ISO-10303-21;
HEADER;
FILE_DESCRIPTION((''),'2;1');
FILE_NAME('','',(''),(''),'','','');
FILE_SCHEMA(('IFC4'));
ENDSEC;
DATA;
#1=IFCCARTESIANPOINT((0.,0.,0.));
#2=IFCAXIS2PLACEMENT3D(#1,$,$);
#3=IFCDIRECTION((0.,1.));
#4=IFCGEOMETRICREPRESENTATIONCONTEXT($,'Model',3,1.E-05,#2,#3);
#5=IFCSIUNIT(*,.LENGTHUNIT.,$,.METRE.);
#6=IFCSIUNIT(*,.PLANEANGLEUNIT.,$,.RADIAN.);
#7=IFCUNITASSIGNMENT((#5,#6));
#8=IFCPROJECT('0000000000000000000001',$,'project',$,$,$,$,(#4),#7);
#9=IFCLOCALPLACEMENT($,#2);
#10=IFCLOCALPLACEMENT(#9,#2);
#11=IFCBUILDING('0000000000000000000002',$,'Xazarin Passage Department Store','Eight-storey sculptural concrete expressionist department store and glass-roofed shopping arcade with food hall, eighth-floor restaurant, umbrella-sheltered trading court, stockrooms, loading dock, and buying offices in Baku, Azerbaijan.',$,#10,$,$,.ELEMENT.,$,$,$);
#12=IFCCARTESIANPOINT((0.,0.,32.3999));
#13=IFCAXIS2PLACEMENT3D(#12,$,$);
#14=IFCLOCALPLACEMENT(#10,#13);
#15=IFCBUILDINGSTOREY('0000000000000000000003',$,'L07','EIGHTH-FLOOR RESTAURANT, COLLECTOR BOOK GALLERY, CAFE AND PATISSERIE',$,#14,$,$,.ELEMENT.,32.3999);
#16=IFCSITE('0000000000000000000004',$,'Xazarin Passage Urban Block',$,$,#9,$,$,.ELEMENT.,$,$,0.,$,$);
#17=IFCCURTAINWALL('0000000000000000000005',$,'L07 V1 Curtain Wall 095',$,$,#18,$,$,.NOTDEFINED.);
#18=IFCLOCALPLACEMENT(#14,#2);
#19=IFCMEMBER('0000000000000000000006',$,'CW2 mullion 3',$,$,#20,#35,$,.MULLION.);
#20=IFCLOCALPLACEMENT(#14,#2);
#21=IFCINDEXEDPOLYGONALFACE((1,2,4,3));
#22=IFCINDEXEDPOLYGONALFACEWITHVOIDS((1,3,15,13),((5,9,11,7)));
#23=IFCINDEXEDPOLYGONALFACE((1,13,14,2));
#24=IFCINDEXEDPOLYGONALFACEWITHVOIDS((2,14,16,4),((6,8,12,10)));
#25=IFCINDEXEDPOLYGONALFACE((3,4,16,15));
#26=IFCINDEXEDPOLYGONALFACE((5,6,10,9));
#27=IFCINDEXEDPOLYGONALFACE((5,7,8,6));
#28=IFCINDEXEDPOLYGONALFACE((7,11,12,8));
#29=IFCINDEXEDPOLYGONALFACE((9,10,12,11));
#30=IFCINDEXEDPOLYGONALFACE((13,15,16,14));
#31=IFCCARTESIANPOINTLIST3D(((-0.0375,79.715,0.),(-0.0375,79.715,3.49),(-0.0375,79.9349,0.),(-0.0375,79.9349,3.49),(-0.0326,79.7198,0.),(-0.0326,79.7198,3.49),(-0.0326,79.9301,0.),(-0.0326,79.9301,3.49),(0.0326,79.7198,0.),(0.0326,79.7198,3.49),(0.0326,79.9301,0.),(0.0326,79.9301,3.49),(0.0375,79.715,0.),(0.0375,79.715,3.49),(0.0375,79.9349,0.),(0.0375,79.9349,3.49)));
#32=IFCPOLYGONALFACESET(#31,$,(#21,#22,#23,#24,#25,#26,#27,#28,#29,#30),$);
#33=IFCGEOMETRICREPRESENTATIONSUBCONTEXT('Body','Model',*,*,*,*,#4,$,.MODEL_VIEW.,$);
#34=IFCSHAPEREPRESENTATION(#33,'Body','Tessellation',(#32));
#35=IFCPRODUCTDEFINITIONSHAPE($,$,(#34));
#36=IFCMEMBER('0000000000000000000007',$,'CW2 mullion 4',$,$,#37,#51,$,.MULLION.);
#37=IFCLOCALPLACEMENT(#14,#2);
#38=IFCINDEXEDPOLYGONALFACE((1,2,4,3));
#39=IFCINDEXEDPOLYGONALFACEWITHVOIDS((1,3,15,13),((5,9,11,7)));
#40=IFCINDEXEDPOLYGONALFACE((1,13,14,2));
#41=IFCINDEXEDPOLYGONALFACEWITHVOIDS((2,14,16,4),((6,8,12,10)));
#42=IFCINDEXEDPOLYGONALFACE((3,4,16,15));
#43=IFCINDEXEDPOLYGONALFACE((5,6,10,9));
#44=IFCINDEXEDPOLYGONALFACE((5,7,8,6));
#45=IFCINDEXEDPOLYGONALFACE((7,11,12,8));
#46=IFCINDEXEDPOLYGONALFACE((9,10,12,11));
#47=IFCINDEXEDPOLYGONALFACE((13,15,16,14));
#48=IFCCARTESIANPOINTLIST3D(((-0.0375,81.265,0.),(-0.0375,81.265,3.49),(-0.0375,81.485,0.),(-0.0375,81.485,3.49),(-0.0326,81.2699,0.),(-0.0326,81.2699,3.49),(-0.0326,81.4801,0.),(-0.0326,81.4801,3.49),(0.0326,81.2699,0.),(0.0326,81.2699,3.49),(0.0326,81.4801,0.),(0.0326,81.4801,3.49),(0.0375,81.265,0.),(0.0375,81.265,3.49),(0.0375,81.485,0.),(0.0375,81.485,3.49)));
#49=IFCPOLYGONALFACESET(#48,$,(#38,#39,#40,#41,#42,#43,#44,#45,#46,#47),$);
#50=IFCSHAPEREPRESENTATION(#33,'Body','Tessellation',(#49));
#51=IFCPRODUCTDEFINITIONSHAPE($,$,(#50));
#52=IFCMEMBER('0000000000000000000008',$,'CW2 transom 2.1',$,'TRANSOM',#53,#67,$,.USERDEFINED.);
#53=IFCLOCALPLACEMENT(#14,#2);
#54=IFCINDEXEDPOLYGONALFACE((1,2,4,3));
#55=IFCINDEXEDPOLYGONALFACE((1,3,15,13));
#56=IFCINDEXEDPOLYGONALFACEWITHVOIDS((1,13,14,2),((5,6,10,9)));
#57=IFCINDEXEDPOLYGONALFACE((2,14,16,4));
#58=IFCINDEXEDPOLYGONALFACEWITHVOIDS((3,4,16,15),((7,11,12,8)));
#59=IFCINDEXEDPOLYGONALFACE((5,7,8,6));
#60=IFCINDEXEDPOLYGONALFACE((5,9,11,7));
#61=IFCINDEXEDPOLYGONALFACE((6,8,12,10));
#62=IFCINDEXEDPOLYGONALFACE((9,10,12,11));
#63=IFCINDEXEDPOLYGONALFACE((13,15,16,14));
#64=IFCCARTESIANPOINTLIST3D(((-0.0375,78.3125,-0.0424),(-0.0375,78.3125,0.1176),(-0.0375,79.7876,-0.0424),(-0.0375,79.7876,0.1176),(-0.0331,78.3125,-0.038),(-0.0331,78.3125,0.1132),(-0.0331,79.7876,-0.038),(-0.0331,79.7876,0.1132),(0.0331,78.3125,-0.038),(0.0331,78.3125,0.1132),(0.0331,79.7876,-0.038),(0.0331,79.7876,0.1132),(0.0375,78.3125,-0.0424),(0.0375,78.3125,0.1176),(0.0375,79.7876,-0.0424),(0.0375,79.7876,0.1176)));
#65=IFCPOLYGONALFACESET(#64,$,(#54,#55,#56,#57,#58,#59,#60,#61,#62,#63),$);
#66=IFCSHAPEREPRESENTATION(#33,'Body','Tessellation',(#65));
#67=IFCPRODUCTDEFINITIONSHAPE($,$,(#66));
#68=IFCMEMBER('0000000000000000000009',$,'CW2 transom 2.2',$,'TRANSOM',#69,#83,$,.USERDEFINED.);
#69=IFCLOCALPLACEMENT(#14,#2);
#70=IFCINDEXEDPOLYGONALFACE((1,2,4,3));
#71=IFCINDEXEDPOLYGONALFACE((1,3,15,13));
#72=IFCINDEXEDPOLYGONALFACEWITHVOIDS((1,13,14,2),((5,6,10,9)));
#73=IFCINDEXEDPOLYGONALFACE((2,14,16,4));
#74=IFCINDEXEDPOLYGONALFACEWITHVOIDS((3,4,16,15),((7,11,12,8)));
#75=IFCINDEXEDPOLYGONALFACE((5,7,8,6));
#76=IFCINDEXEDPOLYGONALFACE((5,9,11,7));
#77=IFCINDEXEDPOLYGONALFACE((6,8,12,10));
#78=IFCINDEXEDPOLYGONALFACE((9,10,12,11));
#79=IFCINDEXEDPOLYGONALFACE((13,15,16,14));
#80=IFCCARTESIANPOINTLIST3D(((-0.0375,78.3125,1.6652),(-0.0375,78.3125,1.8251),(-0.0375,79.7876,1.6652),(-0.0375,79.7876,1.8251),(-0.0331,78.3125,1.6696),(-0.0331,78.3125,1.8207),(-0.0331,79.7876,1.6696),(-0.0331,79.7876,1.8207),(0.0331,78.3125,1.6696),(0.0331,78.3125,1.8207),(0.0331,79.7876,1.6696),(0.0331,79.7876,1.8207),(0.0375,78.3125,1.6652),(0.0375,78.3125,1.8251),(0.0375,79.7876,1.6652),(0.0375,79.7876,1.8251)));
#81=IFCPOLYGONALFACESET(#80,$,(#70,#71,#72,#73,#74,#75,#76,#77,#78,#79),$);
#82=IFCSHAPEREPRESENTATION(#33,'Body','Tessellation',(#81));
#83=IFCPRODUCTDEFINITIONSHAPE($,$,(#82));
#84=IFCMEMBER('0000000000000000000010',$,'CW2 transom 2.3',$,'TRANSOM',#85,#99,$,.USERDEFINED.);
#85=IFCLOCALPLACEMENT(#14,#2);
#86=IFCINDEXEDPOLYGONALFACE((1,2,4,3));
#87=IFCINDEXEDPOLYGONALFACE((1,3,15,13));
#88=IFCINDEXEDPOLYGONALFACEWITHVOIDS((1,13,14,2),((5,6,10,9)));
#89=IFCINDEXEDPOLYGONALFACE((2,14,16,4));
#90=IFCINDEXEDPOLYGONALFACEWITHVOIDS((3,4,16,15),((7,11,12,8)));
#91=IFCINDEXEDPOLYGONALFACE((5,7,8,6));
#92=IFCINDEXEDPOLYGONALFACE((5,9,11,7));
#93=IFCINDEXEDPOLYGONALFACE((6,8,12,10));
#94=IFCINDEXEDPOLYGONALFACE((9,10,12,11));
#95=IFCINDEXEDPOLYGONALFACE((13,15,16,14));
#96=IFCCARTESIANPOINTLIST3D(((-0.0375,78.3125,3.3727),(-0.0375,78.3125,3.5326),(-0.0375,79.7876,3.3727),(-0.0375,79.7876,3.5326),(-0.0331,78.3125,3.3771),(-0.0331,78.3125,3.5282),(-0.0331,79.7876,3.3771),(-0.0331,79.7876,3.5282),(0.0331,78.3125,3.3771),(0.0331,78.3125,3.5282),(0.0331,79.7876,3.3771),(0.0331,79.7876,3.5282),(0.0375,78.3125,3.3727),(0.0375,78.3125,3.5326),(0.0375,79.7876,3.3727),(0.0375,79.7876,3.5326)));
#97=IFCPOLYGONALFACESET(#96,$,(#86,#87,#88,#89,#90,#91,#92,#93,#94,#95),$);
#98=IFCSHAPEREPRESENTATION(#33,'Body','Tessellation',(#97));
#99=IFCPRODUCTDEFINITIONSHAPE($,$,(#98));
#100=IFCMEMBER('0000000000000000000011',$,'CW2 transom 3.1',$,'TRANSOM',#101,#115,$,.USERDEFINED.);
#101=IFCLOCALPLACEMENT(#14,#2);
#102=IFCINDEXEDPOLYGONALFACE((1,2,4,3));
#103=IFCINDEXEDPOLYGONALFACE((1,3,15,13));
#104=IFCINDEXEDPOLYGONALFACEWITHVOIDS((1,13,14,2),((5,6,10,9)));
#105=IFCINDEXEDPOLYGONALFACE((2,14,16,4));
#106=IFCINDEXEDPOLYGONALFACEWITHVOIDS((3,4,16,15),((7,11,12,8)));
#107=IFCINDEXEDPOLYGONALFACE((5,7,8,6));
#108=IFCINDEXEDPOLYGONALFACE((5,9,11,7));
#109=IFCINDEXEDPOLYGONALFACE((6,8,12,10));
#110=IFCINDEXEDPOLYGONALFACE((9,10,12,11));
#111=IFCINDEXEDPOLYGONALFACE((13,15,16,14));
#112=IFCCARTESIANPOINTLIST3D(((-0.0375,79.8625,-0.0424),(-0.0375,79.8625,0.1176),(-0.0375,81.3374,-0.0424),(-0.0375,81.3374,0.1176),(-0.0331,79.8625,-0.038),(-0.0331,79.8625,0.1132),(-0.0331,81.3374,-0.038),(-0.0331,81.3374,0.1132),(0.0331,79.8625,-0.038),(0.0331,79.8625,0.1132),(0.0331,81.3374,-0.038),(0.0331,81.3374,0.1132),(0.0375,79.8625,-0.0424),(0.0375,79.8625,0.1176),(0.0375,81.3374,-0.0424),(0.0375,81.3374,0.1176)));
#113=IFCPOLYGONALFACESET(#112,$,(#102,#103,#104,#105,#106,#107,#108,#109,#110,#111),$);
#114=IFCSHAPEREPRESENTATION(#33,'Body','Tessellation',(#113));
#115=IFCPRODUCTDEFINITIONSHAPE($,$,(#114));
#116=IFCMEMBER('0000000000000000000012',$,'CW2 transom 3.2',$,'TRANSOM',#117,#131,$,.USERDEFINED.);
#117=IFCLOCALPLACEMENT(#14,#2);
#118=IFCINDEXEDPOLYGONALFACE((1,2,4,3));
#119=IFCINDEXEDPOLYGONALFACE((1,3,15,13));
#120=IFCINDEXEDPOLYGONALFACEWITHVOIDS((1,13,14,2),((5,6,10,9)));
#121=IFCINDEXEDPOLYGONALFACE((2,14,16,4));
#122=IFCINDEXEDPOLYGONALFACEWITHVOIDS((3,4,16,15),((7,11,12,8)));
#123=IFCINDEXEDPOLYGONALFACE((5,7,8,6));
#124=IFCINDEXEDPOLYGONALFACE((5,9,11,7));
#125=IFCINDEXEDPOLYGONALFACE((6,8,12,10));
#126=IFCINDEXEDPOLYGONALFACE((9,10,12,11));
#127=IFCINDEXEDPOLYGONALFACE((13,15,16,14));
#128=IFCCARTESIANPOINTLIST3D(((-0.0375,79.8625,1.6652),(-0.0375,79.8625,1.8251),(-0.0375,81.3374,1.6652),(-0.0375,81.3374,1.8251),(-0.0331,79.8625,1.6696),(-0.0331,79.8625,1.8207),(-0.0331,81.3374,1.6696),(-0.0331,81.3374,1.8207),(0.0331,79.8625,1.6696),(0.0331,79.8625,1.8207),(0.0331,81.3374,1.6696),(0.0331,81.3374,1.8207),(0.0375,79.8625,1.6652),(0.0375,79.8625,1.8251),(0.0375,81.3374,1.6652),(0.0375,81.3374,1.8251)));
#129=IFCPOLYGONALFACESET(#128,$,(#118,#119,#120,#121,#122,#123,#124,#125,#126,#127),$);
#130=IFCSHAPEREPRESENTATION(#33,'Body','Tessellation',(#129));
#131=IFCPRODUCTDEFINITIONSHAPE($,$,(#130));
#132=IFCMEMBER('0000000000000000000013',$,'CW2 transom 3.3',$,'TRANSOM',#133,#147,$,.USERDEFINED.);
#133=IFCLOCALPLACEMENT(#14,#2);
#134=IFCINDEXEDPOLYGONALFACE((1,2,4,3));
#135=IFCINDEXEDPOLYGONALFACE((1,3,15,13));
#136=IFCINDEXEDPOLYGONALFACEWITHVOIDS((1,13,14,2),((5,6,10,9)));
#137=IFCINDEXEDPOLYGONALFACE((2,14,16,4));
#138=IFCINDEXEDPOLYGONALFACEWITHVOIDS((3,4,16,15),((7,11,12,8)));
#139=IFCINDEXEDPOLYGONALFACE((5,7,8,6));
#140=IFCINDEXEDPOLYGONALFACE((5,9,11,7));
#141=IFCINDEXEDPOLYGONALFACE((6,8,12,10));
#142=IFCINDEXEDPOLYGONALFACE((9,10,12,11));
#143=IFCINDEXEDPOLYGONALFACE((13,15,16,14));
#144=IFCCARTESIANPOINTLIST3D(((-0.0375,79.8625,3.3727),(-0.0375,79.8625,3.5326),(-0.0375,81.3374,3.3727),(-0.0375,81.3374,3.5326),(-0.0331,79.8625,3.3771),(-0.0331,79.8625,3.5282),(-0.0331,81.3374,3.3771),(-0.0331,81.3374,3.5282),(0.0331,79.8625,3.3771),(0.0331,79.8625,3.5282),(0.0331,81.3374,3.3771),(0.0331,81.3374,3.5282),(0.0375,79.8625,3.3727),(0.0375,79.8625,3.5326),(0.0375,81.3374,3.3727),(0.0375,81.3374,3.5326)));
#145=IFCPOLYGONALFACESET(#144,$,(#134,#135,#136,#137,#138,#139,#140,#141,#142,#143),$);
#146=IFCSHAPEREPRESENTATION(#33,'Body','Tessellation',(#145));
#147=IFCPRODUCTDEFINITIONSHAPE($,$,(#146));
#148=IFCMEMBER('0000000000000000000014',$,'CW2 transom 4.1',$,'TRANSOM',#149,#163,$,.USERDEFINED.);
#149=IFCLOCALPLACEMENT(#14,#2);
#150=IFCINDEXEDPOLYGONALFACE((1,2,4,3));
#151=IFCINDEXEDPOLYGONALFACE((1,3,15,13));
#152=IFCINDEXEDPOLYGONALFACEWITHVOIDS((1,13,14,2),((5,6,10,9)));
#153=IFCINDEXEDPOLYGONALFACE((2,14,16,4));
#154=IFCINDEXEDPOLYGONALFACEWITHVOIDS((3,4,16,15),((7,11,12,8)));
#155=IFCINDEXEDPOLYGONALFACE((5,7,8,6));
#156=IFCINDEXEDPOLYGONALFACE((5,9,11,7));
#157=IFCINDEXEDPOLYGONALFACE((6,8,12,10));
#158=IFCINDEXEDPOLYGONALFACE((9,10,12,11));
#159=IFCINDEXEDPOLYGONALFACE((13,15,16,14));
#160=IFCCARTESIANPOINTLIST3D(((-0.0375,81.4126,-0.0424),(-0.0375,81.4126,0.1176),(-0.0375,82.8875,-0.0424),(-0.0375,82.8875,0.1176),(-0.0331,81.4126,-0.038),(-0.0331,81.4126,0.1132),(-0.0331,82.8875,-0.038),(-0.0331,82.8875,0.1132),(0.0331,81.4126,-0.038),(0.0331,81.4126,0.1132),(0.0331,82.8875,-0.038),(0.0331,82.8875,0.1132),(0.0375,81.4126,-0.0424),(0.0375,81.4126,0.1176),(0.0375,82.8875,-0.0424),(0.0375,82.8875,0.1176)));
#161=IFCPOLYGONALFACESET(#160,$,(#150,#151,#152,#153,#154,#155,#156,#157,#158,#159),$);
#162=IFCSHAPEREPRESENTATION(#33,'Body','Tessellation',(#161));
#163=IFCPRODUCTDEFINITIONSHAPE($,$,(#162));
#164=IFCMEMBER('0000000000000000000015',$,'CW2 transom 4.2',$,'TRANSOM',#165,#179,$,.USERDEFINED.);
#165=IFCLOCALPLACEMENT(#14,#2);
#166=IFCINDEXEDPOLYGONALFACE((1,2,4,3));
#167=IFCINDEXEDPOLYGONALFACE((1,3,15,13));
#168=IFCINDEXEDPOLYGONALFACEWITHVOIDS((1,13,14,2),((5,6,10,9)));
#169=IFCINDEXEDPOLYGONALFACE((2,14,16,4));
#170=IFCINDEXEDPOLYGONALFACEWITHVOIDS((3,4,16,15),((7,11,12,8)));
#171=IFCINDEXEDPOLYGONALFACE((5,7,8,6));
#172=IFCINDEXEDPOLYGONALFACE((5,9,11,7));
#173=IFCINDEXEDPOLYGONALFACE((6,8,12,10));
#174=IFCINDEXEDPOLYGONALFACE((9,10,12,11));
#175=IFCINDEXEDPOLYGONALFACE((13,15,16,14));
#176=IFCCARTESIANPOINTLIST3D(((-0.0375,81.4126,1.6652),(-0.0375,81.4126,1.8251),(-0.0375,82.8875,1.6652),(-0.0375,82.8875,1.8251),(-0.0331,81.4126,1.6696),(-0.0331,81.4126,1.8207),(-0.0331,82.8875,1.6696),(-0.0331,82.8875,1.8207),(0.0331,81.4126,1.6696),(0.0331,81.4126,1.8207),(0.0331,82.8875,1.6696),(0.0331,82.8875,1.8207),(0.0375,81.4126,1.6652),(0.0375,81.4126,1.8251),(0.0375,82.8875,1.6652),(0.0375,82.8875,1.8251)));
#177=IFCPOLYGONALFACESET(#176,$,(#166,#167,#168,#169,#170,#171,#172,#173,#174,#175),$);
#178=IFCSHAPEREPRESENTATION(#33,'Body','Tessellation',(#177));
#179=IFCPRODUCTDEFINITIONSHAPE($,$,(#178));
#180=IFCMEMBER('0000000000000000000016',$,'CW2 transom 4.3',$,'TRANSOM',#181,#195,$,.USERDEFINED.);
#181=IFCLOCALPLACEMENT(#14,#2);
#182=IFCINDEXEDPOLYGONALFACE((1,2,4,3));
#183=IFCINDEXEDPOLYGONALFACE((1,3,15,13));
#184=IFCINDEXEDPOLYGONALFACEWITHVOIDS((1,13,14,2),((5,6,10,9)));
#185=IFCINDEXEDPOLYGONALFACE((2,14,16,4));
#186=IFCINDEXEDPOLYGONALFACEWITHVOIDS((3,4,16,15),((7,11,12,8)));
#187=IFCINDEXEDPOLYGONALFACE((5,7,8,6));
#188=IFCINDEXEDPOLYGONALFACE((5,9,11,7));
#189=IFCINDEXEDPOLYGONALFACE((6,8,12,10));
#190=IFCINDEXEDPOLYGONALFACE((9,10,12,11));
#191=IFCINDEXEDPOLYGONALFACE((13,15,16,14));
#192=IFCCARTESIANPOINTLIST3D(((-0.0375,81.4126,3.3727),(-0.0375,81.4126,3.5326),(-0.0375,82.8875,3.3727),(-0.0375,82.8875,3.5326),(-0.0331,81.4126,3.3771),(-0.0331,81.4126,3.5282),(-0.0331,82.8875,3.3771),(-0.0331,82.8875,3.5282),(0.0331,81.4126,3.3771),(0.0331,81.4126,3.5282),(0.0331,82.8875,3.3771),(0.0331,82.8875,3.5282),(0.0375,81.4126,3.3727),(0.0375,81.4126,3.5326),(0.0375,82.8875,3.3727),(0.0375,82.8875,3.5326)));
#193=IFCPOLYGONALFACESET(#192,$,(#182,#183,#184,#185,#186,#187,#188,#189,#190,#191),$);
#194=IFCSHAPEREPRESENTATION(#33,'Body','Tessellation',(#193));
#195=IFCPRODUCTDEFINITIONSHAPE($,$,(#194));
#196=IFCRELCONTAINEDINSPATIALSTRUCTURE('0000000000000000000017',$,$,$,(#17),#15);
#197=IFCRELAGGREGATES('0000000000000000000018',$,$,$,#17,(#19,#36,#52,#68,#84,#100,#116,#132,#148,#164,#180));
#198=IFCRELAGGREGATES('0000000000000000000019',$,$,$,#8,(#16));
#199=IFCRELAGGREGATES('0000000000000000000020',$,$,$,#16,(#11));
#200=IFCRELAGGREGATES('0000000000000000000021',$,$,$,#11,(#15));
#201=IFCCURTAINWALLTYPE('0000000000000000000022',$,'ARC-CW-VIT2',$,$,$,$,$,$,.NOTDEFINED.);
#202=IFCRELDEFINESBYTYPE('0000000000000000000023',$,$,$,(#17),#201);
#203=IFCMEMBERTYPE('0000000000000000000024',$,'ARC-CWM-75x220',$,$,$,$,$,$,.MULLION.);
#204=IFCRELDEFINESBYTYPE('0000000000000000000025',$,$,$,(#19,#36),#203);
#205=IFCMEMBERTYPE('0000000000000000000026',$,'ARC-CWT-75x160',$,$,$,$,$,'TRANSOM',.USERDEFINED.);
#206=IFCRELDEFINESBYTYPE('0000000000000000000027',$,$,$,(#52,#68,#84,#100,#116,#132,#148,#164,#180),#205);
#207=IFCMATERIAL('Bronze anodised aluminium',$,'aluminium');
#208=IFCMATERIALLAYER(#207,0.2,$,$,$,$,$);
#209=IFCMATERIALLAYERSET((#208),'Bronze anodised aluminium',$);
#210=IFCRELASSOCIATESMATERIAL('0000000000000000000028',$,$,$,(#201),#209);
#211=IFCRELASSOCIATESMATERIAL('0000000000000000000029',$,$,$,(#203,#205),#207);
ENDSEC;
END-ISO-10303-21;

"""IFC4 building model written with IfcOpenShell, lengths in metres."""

from ifc_helpers import new_model, si_unit, direction, frame, origin, origin_2d, place, context, subcontext, project, spatial, hollow_rectangle, extrude, material, layer, layer_set, material_profile, profile_set, type_object, element, aggregate, save


model = new_model("IFC4")

# Units and contexts
model_context = context("Model", 3, precision=1e-05, world=origin(), true_north=direction((0.0, 1.0)))
body_context = subcontext(model_context, "Body", "Model", "MODEL_VIEW")
ifc_project = project(units=[si_unit("LENGTHUNIT", "METRE"), si_unit("PLANEANGLEUNIT", "RADIAN")], contexts=[model_context])

# Site, building, storey
site_placement = place(None, origin())
site = spatial("IfcSite", under=ifc_project, at=site_placement, Name="Xazarin Passage Urban Block", CompositionType="ELEMENT", RefElevation=0.0)
building_placement = place(site_placement, origin())
building = spatial("IfcBuilding", under=site, at=building_placement, Name="Xazarin Passage Department Store", Description="Eight-storey sculptural concrete expressionist department store and glass-roofed shopping arcade with food hall, eighth-floor restaurant, umbrella-sheltered trading court, stockrooms, loading dock, and buying offices in Baku, Azerbaijan.", CompositionType="ELEMENT")
storey_placement = place(building_placement, frame((0.0, 0.0, 32.3999)))
storey = spatial("IfcBuildingStorey", under=building, at=storey_placement, Name="L07", Description="EIGHTH-FLOOR RESTAURANT, COLLECTOR BOOK GALLERY, CAFE AND PATISSERIE", CompositionType="ELEMENT", Elevation=32.3999)

# Curtain wall, members
ifc_material_1 = material(Name="Bronze anodised aluminium", Category="aluminium")
ifc_layer_1 = layer(ifc_material_1, 0.2)
ifc_layer_set_1 = layer_set([ifc_layer_1], Name="Bronze anodised aluminium")
curtain_wall_type = type_object("IfcCurtainWallType", Name="ARC-CW-VIT2", PredefinedType="NOTDEFINED", material=ifc_layer_set_1)
curtain_wall_placement = place(storey_placement, origin())
curtain_wall = element("IfcCurtainWall", 1, at=curtain_wall_placement, inside=storey, type_object=curtain_wall_type, Name="L07 V1 Curtain Wall 095", PredefinedType="NOTDEFINED")
ifc_material_profile_1 = material_profile(ifc_material_1, hollow_rectangle(XDim=0.075, YDim=0.22, WallThickness=0.0049, at=origin_2d()), Name="ALU 75x220")
ifc_profile_set_1 = profile_set([ifc_material_profile_1], Name="Bronze anodised aluminium")
member_type_1 = type_object("IfcMemberType", Name="ARC-CWM-75x220", PredefinedType="MULLION", material=ifc_profile_set_1)
member_1_placement = place(storey_placement, frame((0.0, 79.825, 0.0), z_axis=(0.0, 0.0, 1.0), x_axis=(-1.0, 0.0, 0.0)))
member_1 = element("IfcMember", 2, at=member_1_placement, type_object=member_type_1, Name="CW2 mullion 3", PredefinedType="MULLION", context=body_context, shape_type="SweptSolid", body=[
    extrude(hollow_rectangle(XDim=0.075, YDim=0.22, WallThickness=0.0049, at=origin_2d()), origin(), (0.0, 0.0, 1.0), 3.49),
])
member_2_placement = place(storey_placement, frame((0.0, 81.375, 0.0), z_axis=(0.0, 0.0, 1.0), x_axis=(-1.0, 0.0, 0.0)))
member_2 = element("IfcMember", 3, at=member_2_placement, type_object=member_type_1, Name="CW2 mullion 4", PredefinedType="MULLION", context=body_context, shape_type="SweptSolid", body=[
    extrude(hollow_rectangle(XDim=0.075, YDim=0.22, WallThickness=0.0049, at=origin_2d()), origin(), (0.0, 0.0, 1.0), 3.49),
])
ifc_material_profile_2 = material_profile(ifc_material_1, hollow_rectangle(XDim=0.075, YDim=0.1599, WallThickness=0.0044, at=origin_2d()), Name="ALU 75x160")
ifc_profile_set_2 = profile_set([ifc_material_profile_2], Name="Bronze anodised aluminium")
member_type_2 = type_object("IfcMemberType", Name="ARC-CWT-75x160", ElementType="TRANSOM", PredefinedType="USERDEFINED", material=ifc_profile_set_2)
member_3_placement = place(storey_placement, frame((0.0, 78.3125, 0.0376), z_axis=(0.0, 1.0, 0.0), x_axis=(-1.0, 0.0, 0.0)))
member_3 = element("IfcMember", 4, at=member_3_placement, type_object=member_type_2, Name="CW2 transom 2.1", ObjectType="TRANSOM", PredefinedType="USERDEFINED", context=body_context, shape_type="SweptSolid", body=[
    extrude(hollow_rectangle(XDim=0.075, YDim=0.1599, WallThickness=0.0044, at=origin_2d()), origin(), (0.0, 0.0, 1.0), 1.4751),
])
member_4_placement = place(storey_placement, frame((0.0, 78.3125, 1.7451), z_axis=(0.0, 1.0, 0.0), x_axis=(-1.0, 0.0, 0.0)))
member_4 = element("IfcMember", 5, at=member_4_placement, type_object=member_type_2, Name="CW2 transom 2.2", ObjectType="TRANSOM", PredefinedType="USERDEFINED", context=body_context, shape_type="SweptSolid", body=[
    extrude(hollow_rectangle(XDim=0.075, YDim=0.1599, WallThickness=0.0044, at=origin_2d()), origin(), (0.0, 0.0, 1.0), 1.4751),
])
member_5_placement = place(storey_placement, frame((0.0, 78.3125, 3.4526), z_axis=(0.0, 1.0, 0.0), x_axis=(-1.0, 0.0, 0.0)))
member_5 = element("IfcMember", 6, at=member_5_placement, type_object=member_type_2, Name="CW2 transom 2.3", ObjectType="TRANSOM", PredefinedType="USERDEFINED", context=body_context, shape_type="SweptSolid", body=[
    extrude(hollow_rectangle(XDim=0.075, YDim=0.1599, WallThickness=0.0044, at=origin_2d()), origin(), (0.0, 0.0, 1.0), 1.4751),
])
member_6_placement = place(storey_placement, frame((0.0, 79.8625, 0.0376), z_axis=(0.0, 1.0, 0.0), x_axis=(-1.0, 0.0, 0.0)))
member_6 = element("IfcMember", 7, at=member_6_placement, type_object=member_type_2, Name="CW2 transom 3.1", ObjectType="TRANSOM", PredefinedType="USERDEFINED", context=body_context, shape_type="SweptSolid", body=[
    extrude(hollow_rectangle(XDim=0.075, YDim=0.1599, WallThickness=0.0044, at=origin_2d()), origin(), (0.0, 0.0, 1.0), 1.4749),
])
member_7_placement = place(storey_placement, frame((0.0, 79.8625, 1.7451), z_axis=(0.0, 1.0, 0.0), x_axis=(-1.0, 0.0, 0.0)))
member_7 = element("IfcMember", 8, at=member_7_placement, type_object=member_type_2, Name="CW2 transom 3.2", ObjectType="TRANSOM", PredefinedType="USERDEFINED", context=body_context, shape_type="SweptSolid", body=[
    extrude(hollow_rectangle(XDim=0.075, YDim=0.1599, WallThickness=0.0044, at=origin_2d()), origin(), (0.0, 0.0, 1.0), 1.4749),
])
member_8_placement = place(storey_placement, frame((0.0, 79.8625, 3.4526), z_axis=(0.0, 1.0, 0.0), x_axis=(-1.0, 0.0, 0.0)))
member_8 = element("IfcMember", 9, at=member_8_placement, type_object=member_type_2, Name="CW2 transom 3.3", ObjectType="TRANSOM", PredefinedType="USERDEFINED", context=body_context, shape_type="SweptSolid", body=[
    extrude(hollow_rectangle(XDim=0.075, YDim=0.1599, WallThickness=0.0044, at=origin_2d()), origin(), (0.0, 0.0, 1.0), 1.4749),
])
member_9_placement = place(storey_placement, frame((0.0, 81.4126, 0.0376), z_axis=(0.0, 1.0, 0.0), x_axis=(-1.0, 0.0, 0.0)))
member_9 = element("IfcMember", 10, at=member_9_placement, type_object=member_type_2, Name="CW2 transom 4.1", ObjectType="TRANSOM", PredefinedType="USERDEFINED", context=body_context, shape_type="SweptSolid", body=[
    extrude(hollow_rectangle(XDim=0.075, YDim=0.1599, WallThickness=0.0044, at=origin_2d()), origin(), (0.0, 0.0, 1.0), 1.4749),
])
member_10_placement = place(storey_placement, frame((0.0, 81.4126, 1.7451), z_axis=(0.0, 1.0, 0.0), x_axis=(-1.0, 0.0, 0.0)))
member_10 = element("IfcMember", 11, at=member_10_placement, type_object=member_type_2, Name="CW2 transom 4.2", ObjectType="TRANSOM", PredefinedType="USERDEFINED", context=body_context, shape_type="SweptSolid", body=[
    extrude(hollow_rectangle(XDim=0.075, YDim=0.1599, WallThickness=0.0044, at=origin_2d()), origin(), (0.0, 0.0, 1.0), 1.4749),
])
member_11_placement = place(storey_placement, frame((0.0, 81.4126, 3.4526), z_axis=(0.0, 1.0, 0.0), x_axis=(-1.0, 0.0, 0.0)))
member_11 = element("IfcMember", 12, at=member_11_placement, type_object=member_type_2, Name="CW2 transom 4.3", ObjectType="TRANSOM", PredefinedType="USERDEFINED", context=body_context, shape_type="SweptSolid", body=[
    extrude(hollow_rectangle(XDim=0.075, YDim=0.1599, WallThickness=0.0044, at=origin_2d()), origin(), (0.0, 0.0, 1.0), 1.4749),
])

aggregate(curtain_wall, [member_1, member_2, member_3, member_4, member_5, member_6, member_7, member_8, member_9, member_10, member_11])

save(model, "model.ifc")
